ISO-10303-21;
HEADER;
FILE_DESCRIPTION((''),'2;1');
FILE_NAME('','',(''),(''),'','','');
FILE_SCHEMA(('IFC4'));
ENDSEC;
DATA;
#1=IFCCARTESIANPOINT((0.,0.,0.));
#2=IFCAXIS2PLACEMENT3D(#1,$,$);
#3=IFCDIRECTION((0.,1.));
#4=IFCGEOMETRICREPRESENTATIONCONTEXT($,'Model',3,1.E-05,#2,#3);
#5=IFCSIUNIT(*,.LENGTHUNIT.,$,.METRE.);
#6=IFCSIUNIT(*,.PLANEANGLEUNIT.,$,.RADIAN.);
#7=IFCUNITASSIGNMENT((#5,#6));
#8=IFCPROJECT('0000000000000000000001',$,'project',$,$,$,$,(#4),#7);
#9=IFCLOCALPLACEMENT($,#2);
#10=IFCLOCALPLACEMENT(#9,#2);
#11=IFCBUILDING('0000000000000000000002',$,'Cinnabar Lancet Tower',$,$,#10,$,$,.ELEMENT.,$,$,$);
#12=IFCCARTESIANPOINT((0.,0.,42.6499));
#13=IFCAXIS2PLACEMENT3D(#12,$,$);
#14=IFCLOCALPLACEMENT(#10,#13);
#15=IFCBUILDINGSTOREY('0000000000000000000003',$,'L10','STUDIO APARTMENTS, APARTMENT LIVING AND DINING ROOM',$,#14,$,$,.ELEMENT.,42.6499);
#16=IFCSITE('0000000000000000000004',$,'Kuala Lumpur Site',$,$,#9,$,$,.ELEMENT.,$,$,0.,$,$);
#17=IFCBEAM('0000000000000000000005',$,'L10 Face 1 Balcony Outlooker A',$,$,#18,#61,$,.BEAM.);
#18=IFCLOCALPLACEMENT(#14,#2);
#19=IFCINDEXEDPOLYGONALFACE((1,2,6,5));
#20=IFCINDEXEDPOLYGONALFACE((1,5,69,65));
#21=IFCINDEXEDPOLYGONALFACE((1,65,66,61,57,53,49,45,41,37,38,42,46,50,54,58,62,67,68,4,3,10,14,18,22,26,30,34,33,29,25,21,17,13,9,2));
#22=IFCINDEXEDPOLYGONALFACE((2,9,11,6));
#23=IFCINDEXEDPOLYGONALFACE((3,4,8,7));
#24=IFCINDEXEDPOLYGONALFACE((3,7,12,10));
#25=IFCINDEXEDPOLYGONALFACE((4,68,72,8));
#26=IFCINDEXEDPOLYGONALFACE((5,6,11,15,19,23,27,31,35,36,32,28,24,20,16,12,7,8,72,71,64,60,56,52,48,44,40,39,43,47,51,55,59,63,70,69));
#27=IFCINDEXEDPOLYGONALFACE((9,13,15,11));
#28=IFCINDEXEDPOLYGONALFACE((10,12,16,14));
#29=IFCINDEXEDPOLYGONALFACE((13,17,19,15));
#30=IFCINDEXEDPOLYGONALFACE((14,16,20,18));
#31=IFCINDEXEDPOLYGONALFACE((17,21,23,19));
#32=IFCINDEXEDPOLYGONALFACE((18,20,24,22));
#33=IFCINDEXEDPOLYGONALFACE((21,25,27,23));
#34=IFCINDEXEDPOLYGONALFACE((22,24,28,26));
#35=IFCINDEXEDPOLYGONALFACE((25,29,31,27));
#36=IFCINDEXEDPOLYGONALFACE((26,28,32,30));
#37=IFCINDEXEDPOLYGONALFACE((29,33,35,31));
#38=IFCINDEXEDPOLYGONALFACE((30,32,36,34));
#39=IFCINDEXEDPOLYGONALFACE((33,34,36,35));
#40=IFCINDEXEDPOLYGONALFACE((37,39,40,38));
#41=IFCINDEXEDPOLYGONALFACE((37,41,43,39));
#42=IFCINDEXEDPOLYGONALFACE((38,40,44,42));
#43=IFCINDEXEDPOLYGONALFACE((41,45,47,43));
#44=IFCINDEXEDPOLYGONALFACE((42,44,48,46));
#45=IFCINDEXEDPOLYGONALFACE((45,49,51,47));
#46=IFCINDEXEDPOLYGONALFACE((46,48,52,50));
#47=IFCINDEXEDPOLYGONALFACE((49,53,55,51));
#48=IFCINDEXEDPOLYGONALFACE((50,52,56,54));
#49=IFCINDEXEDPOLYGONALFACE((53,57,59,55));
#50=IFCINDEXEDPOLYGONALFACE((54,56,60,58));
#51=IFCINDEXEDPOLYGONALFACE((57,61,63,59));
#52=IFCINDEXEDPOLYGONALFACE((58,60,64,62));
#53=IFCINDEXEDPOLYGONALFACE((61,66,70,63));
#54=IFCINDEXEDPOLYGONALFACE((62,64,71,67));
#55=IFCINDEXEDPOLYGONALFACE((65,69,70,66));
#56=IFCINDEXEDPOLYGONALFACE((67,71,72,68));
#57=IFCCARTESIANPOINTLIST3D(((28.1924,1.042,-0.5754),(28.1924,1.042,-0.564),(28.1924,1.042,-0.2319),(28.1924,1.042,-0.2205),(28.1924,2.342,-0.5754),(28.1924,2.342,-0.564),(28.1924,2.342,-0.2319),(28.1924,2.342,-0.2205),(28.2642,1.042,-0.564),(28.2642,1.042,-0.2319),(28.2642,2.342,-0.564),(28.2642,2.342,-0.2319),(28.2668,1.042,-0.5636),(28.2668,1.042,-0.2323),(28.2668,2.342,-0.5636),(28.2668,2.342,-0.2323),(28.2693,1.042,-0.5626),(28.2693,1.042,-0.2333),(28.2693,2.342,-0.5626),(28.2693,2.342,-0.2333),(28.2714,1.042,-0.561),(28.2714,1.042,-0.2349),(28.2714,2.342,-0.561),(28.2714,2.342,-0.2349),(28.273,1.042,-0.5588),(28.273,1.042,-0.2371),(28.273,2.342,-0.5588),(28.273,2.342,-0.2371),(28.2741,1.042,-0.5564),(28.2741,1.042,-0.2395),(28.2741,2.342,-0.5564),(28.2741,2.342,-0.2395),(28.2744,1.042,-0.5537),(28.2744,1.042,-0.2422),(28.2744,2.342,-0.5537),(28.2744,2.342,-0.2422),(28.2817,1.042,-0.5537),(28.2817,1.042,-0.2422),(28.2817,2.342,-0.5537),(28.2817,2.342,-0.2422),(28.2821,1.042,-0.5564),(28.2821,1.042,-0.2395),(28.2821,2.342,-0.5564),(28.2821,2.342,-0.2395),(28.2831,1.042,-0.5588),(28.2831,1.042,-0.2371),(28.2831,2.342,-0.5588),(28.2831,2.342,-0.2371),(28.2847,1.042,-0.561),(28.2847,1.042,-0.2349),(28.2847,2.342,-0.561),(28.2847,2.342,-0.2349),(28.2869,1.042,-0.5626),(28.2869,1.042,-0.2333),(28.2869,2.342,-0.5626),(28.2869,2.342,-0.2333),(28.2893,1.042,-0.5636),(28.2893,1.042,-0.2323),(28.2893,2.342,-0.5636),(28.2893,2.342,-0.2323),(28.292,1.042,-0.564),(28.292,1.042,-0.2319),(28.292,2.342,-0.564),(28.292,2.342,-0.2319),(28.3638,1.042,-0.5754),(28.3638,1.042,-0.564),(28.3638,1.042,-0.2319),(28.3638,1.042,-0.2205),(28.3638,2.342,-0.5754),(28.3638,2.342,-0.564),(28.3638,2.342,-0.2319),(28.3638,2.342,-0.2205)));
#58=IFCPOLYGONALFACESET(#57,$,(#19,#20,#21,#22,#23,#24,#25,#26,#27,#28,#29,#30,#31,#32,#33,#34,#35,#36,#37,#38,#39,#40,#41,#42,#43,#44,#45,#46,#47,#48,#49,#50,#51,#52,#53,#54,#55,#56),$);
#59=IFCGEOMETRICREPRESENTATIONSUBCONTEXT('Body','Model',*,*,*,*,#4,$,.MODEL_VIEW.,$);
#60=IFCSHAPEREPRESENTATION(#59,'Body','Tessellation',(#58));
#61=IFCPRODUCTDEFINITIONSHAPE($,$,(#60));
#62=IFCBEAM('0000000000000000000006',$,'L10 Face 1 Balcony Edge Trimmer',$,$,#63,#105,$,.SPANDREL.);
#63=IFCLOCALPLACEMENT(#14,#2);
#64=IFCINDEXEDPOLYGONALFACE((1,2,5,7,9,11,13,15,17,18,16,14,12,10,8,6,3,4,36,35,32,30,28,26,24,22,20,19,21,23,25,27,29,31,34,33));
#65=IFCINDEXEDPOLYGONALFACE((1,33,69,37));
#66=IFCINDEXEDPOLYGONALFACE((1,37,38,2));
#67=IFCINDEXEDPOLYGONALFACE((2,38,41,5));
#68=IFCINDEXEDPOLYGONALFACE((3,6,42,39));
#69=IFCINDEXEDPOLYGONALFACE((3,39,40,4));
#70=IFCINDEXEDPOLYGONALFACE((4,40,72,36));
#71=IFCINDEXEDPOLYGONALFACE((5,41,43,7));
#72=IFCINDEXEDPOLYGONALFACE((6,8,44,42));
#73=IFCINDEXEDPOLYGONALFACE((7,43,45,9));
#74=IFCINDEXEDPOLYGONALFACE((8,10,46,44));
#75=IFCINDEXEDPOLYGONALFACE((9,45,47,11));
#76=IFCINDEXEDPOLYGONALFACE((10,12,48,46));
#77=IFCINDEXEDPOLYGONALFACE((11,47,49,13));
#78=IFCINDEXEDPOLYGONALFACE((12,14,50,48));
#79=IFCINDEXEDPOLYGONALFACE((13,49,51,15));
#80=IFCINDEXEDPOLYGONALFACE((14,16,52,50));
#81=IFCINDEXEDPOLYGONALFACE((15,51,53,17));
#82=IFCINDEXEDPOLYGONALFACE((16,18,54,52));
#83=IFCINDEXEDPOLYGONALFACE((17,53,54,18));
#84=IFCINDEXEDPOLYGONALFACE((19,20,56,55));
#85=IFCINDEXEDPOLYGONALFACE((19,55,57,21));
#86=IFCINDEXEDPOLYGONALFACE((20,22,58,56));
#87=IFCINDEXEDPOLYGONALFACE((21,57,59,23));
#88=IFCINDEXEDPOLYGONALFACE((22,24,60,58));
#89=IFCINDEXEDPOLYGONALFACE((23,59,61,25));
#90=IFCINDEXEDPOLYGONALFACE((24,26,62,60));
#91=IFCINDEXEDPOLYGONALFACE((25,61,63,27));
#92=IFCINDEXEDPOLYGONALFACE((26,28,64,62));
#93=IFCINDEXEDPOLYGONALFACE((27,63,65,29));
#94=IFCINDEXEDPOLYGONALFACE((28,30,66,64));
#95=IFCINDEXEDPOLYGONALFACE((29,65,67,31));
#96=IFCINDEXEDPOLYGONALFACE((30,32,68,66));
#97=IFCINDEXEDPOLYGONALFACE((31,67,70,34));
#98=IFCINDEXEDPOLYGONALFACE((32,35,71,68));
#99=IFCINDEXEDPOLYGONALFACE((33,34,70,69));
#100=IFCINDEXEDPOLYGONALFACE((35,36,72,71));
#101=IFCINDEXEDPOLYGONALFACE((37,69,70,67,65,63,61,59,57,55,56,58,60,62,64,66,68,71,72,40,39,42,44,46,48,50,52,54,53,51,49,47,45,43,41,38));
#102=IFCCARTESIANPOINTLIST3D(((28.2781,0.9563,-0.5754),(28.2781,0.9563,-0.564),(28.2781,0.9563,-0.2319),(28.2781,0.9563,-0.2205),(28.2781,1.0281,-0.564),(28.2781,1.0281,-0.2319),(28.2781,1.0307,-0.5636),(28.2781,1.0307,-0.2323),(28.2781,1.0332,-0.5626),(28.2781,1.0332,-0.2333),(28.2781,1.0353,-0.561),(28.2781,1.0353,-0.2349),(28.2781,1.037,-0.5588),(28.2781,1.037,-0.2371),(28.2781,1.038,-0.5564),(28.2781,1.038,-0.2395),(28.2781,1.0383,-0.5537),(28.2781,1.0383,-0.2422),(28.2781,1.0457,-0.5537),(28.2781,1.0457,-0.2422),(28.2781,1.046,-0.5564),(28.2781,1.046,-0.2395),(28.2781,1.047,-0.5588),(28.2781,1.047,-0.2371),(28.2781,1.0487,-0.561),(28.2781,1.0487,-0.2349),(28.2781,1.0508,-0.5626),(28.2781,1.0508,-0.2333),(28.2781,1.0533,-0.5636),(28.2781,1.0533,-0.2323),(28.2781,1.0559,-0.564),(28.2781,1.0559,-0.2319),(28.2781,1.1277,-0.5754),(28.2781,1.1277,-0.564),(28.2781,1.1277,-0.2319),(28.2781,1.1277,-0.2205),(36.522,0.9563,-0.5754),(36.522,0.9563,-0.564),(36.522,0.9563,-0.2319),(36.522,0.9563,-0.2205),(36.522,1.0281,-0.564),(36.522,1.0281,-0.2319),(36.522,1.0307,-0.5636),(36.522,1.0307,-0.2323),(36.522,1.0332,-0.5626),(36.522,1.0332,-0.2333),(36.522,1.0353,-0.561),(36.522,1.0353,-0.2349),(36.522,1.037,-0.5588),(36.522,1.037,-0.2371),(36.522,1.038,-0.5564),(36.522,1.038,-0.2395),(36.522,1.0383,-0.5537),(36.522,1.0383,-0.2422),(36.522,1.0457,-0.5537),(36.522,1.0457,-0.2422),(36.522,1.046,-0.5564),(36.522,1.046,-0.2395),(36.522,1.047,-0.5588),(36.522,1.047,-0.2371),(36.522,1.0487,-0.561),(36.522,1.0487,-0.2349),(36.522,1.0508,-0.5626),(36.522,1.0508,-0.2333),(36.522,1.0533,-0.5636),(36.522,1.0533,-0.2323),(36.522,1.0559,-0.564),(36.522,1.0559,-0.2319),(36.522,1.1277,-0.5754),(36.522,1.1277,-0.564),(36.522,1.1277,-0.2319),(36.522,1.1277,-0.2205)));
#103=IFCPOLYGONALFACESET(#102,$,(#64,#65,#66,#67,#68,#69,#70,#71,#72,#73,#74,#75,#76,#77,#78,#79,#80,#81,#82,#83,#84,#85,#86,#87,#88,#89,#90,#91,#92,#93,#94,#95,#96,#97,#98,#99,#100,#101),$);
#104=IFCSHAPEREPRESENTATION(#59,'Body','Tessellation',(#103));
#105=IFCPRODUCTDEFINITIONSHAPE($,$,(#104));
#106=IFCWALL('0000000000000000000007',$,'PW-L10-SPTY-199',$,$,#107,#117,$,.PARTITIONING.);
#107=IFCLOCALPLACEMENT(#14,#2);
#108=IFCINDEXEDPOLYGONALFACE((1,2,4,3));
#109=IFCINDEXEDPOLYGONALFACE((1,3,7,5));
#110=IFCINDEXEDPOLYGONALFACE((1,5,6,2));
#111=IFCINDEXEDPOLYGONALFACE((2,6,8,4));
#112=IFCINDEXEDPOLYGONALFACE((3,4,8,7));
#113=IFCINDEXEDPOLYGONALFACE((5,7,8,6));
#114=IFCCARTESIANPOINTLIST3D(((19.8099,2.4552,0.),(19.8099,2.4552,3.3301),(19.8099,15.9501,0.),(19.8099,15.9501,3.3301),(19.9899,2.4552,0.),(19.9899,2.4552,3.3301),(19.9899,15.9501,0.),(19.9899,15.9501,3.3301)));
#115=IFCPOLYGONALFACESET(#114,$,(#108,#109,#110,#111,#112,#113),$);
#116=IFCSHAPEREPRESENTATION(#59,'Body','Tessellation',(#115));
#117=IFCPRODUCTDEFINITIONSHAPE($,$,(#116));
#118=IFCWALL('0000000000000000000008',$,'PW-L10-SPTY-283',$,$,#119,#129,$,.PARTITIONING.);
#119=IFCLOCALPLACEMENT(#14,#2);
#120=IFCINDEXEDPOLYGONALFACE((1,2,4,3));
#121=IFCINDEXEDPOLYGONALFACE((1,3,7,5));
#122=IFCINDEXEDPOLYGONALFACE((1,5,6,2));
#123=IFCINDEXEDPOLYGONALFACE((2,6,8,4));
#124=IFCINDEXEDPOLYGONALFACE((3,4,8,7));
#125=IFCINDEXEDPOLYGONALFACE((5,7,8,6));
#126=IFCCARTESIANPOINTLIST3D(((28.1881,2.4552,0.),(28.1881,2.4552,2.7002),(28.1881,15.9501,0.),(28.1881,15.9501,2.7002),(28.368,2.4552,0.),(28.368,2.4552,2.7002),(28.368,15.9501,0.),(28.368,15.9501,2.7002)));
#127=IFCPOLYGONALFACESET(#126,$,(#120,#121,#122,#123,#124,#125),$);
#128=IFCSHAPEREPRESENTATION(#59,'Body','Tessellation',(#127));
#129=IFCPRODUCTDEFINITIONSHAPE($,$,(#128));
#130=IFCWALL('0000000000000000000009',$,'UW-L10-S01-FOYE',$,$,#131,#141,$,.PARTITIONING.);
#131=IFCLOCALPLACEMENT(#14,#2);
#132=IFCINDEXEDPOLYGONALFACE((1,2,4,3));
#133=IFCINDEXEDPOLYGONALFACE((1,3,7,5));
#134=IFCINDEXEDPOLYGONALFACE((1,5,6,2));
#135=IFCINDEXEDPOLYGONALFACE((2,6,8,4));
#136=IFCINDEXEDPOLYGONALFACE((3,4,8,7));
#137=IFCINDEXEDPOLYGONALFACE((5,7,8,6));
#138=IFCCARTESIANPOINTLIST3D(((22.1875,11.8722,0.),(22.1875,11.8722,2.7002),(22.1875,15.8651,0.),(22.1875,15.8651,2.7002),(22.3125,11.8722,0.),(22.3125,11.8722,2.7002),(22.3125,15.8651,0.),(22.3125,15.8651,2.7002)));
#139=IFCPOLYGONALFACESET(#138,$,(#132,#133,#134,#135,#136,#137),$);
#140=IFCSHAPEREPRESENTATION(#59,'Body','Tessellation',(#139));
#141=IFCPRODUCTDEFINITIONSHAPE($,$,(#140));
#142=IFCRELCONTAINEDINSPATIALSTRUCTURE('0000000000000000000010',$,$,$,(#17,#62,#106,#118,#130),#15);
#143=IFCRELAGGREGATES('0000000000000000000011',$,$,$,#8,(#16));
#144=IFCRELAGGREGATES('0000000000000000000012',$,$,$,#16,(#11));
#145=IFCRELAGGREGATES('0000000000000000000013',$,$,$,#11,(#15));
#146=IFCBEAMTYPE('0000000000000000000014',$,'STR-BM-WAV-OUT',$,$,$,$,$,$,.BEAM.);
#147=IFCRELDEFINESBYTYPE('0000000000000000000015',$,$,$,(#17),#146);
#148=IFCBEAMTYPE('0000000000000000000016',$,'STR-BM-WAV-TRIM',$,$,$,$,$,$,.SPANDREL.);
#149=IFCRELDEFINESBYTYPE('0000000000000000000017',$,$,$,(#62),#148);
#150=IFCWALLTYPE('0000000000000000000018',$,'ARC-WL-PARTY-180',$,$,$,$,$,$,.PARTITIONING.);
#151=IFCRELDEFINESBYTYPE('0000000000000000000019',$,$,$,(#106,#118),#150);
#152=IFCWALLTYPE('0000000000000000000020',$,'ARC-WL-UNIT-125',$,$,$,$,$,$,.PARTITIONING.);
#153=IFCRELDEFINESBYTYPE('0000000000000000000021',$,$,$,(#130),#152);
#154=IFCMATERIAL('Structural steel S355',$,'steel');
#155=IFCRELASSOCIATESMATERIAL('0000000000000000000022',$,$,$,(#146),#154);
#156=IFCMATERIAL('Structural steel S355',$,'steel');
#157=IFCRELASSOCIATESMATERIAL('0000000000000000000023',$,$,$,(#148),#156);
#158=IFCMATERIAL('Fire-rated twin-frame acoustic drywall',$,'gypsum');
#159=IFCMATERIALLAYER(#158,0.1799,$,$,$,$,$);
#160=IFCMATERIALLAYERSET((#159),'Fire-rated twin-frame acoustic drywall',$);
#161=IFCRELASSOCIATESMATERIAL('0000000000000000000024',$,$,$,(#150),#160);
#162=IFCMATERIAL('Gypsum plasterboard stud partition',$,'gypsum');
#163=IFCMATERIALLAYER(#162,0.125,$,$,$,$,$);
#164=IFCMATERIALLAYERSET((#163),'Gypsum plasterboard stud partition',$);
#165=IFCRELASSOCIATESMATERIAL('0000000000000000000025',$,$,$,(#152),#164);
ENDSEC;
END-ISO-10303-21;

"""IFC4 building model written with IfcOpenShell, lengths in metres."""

from ifc_helpers import new_model, si_unit, direction, frame, frame_2d, origin, origin_2d, place, context, subcontext, project, spatial, rectangle, i_section, extrude, material, layer, layer_set, material_profile, profile_set, type_object, element, save


model = new_model("IFC4")

# Units and contexts
model_context = context("Model", 3, precision=1e-05, world=origin(), true_north=direction((0.0, 1.0)))
body_context = subcontext(model_context, "Body", "Model", "MODEL_VIEW")
ifc_project = project(units=[si_unit("LENGTHUNIT", "METRE"), si_unit("PLANEANGLEUNIT", "RADIAN")], contexts=[model_context])

# Site, building, storey
site_placement = place(None, origin())
site = spatial("IfcSite", under=ifc_project, at=site_placement, Name="Kuala Lumpur Site", CompositionType="ELEMENT", RefElevation=0.0)
building_placement = place(site_placement, origin())
building = spatial("IfcBuilding", under=site, at=building_placement, Name="Cinnabar Lancet Tower", CompositionType="ELEMENT")
storey_placement = place(building_placement, frame((0.0, 0.0, 42.6499)))
storey = spatial("IfcBuildingStorey", under=building, at=storey_placement, Name="L10", Description="STUDIO APARTMENTS, APARTMENT LIVING AND DINING ROOM", CompositionType="ELEMENT", Elevation=42.6499)

# Beams
ifc_material_1 = material(Name="Structural steel S355", Category="steel")
ifc_material_profile_1 = material_profile(ifc_material_1, i_section(OverallWidth=0.1714, OverallDepth=0.355, WebThickness=0.0073, FlangeThickness=0.0115, FilletRadius=0.0103, at=origin_2d()), Name="UKB 356x171x51")
ifc_profile_set_1 = profile_set([ifc_material_profile_1], Name="Structural steel S355")
beam_type_1 = type_object("IfcBeamType", Name="STR-BM-WAV-OUT", PredefinedType="BEAM", material=ifc_profile_set_1)
beam_1_placement = place(storey_placement, frame((28.2781, 2.342, -0.3979), z_axis=(0.0, -1.0, 0.0), x_axis=(1.0, 0.0, 0.0)))
element("IfcBeam", 1, at=beam_1_placement, inside=storey, type_object=beam_type_1, Name="L10 Face 1 Balcony Outlooker A", PredefinedType="BEAM", context=body_context, shape_type="SweptSolid", body=[
    extrude(i_section(OverallWidth=0.1714, OverallDepth=0.355, WebThickness=0.0073, FlangeThickness=0.0115, FilletRadius=0.0103, at=origin_2d()), origin(), (0.0, 0.0, 1.0), 1.3),
])
ifc_material_2 = material(Name="Structural steel S355", Category="steel")
ifc_material_profile_2 = material_profile(ifc_material_2, i_section(OverallWidth=0.1714, OverallDepth=0.355, WebThickness=0.0073, FlangeThickness=0.0115, FilletRadius=0.0103, at=origin_2d()), Name="UKB 356x171x51")
ifc_profile_set_2 = profile_set([ifc_material_profile_2], Name="Structural steel S355")
beam_type_2 = type_object("IfcBeamType", Name="STR-BM-WAV-TRIM", PredefinedType="SPANDREL", material=ifc_profile_set_2)
beam_2_placement = place(storey_placement, frame((28.2781, 1.042, -0.3979), z_axis=(1.0, 0.0, 0.0), x_axis=(0.0, 1.0, 0.0)))
element("IfcBeam", 2, at=beam_2_placement, inside=storey, type_object=beam_type_2, Name="L10 Face 1 Balcony Edge Trimmer", PredefinedType="SPANDREL", context=body_context, shape_type="SweptSolid", body=[
    extrude(i_section(OverallWidth=0.1714, OverallDepth=0.355, WebThickness=0.0073, FlangeThickness=0.0115, FilletRadius=0.0103, at=origin_2d()), origin(), (0.0, 0.0, 1.0), 8.2439),
])

# Walls
ifc_material_3 = material(Name="Fire-rated twin-frame acoustic drywall", Category="gypsum")
ifc_layer_1 = layer(ifc_material_3, 0.1799)
ifc_layer_set_1 = layer_set([ifc_layer_1], Name="Fire-rated twin-frame acoustic drywall")
wall_type_1 = type_object("IfcWallType", Name="ARC-WL-PARTY-180", PredefinedType="PARTITIONING", material=ifc_layer_set_1)
wall_1_placement = place(storey_placement, frame((19.8999, 2.4551, 0.0), z_axis=(0.0, 0.0, 1.0), x_axis=(0.0, 1.0, 0.0)))
element("IfcWall", 3, at=wall_1_placement, inside=storey, type_object=wall_type_1, Name="PW-L10-SPTY-199", PredefinedType="PARTITIONING", context=body_context, shape_type="SweptSolid", body=[
    extrude(rectangle(XDim=13.4949, YDim=0.1799, at=frame_2d((6.7476, 0.0))), origin(), (0.0, 0.0, 1.0), 3.3301),
])
wall_2_placement = place(storey_placement, frame((28.2781, 2.4551, 0.0), z_axis=(0.0, 0.0, 1.0), x_axis=(0.0, 1.0, 0.0)))
element("IfcWall", 4, at=wall_2_placement, inside=storey, type_object=wall_type_1, Name="PW-L10-SPTY-283", PredefinedType="PARTITIONING", context=body_context, shape_type="SweptSolid", body=[
    extrude(rectangle(XDim=13.4949, YDim=0.1799, at=frame_2d((6.7476, 0.0))), origin(), (0.0, 0.0, 1.0), 2.7002),
])
ifc_material_4 = material(Name="Gypsum plasterboard stud partition", Category="gypsum")
ifc_layer_2 = layer(ifc_material_4, 0.125)
ifc_layer_set_2 = layer_set([ifc_layer_2], Name="Gypsum plasterboard stud partition")
wall_type_2 = type_object("IfcWallType", Name="ARC-WL-UNIT-125", PredefinedType="PARTITIONING", material=ifc_layer_set_2)
wall_3_placement = place(storey_placement, frame((22.25, 11.8721, 0.0), z_axis=(0.0, 0.0, 1.0), x_axis=(0.0, 1.0, 0.0)))
element("IfcWall", 5, at=wall_3_placement, inside=storey, type_object=wall_type_2, Name="UW-L10-S01-FOYE", PredefinedType="PARTITIONING", context=body_context, shape_type="SweptSolid", body=[
    extrude(rectangle(XDim=3.9929, YDim=0.125, at=frame_2d((1.9966, 0.0))), origin(), (0.0, 0.0, 1.0), 2.7002),
])

save(model, "model.ifc")
